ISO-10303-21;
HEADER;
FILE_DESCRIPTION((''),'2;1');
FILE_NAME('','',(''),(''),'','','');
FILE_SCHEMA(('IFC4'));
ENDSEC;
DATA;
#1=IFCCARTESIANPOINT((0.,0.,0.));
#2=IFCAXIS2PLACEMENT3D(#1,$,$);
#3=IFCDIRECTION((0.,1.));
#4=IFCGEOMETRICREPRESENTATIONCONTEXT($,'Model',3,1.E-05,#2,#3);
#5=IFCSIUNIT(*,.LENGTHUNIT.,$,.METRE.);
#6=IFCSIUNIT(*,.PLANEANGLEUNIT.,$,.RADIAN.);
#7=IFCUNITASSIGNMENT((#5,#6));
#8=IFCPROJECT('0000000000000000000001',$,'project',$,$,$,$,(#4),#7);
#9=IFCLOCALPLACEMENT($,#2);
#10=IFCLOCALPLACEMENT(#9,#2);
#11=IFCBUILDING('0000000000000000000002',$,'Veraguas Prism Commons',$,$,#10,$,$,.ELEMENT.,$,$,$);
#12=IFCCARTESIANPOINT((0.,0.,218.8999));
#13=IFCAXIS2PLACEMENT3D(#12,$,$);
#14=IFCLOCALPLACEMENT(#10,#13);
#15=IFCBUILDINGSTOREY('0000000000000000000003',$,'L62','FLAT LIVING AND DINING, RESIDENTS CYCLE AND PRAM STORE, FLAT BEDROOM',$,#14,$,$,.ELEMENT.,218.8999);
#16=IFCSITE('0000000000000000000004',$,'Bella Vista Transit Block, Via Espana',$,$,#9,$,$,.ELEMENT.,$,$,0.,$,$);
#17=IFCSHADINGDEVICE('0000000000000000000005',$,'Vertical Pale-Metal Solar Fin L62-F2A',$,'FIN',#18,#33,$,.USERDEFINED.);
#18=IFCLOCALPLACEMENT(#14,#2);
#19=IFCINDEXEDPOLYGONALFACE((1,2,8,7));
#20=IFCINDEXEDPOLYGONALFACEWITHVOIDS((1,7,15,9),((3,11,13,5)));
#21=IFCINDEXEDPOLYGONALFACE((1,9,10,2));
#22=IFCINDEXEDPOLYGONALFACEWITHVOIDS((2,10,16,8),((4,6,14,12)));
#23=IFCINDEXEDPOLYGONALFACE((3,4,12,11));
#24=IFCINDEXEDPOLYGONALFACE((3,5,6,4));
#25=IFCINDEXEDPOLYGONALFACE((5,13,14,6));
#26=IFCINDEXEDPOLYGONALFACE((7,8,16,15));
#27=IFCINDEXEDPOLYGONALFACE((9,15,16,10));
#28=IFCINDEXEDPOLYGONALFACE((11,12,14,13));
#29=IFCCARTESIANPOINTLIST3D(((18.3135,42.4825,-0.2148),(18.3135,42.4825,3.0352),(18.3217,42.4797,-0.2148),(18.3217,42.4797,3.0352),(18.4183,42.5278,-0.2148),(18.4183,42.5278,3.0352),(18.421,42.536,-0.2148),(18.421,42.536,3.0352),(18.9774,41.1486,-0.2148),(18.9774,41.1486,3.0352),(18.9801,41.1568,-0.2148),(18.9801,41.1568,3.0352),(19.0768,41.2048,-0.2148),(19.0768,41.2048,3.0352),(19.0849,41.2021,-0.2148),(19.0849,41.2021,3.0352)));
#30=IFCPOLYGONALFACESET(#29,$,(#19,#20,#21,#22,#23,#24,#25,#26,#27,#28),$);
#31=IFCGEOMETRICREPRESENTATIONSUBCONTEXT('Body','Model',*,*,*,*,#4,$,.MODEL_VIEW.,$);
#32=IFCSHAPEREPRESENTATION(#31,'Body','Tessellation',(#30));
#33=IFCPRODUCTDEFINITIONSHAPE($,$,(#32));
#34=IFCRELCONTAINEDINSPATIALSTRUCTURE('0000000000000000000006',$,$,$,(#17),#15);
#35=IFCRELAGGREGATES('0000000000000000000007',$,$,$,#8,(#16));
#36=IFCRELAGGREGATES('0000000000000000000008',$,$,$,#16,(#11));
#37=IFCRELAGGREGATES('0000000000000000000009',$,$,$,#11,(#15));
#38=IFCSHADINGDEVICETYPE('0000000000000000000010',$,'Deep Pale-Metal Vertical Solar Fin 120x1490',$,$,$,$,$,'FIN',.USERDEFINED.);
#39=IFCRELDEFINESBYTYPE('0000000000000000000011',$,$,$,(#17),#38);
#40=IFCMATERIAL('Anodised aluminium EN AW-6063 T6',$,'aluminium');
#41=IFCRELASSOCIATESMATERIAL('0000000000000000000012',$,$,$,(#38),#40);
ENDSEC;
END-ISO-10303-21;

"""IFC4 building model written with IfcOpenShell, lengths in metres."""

from ifc_helpers import new_model, si_unit, direction, frame, origin, origin_2d, place, context, subcontext, project, spatial, hollow_rectangle, extrude, material, material_profile, profile_set, type_object, element, save


model = new_model("IFC4")

# Units and contexts
model_context = context("Model", 3, precision=1e-05, world=origin(), true_north=direction((0.0, 1.0)))
body_context = subcontext(model_context, "Body", "Model", "MODEL_VIEW")
ifc_project = project(units=[si_unit("LENGTHUNIT", "METRE"), si_unit("PLANEANGLEUNIT", "RADIAN")], contexts=[model_context])

# Site, building, storey
site_placement = place(None, origin())
site = spatial("IfcSite", under=ifc_project, at=site_placement, Name="Bella Vista Transit Block, Via Espana", CompositionType="ELEMENT", RefElevation=0.0)
building_placement = place(site_placement, origin())
building = spatial("IfcBuilding", under=site, at=building_placement, Name="Veraguas Prism Commons", CompositionType="ELEMENT")
storey_placement = place(building_placement, frame((0.0, 0.0, 218.8999)))
storey = spatial("IfcBuildingStorey", under=building, at=storey_placement, Name="L62", Description="FLAT LIVING AND DINING, RESIDENTS CYCLE AND PRAM STORE, FLAT BEDROOM", CompositionType="ELEMENT", Elevation=218.8999)

# Shared definitions
ifc_material_1 = material(Name="Anodised aluminium EN AW-6063 T6", Category="aluminium")

# Shading device
ifc_material_profile_1 = material_profile(ifc_material_1, hollow_rectangle(XDim=0.1201, YDim=1.49, WallThickness=0.0061, at=origin_2d()), Name="FIN120X1490X6")
ifc_profile_set_1 = profile_set([ifc_material_profile_1], Name="Anodised aluminium EN AW-6063 T6")
shading_device_type = type_object("IfcShadingDeviceType", Name="Deep Pale-Metal Vertical Solar Fin 120x1490", ElementType="FIN", PredefinedType="USERDEFINED", material=ifc_profile_set_1)
shading_device_placement = place(storey_placement, frame((18.6992, 41.8423, -0.2148), z_axis=(0.0, 0.0, 1.0), x_axis=(-0.895245, -0.445574, 0.0)))
element("IfcShadingDevice", 1, at=shading_device_placement, inside=storey, type_object=shading_device_type, Name="Vertical Pale-Metal Solar Fin L62-F2A", ObjectType="FIN", PredefinedType="USERDEFINED", context=body_context, shape_type="SweptSolid", body=[
    extrude(hollow_rectangle(XDim=0.1201, YDim=1.49, WallThickness=0.0061, at=origin_2d()), origin(), (0.0, 0.0, 1.0), 3.25),
])

save(model, "model.ifc")
